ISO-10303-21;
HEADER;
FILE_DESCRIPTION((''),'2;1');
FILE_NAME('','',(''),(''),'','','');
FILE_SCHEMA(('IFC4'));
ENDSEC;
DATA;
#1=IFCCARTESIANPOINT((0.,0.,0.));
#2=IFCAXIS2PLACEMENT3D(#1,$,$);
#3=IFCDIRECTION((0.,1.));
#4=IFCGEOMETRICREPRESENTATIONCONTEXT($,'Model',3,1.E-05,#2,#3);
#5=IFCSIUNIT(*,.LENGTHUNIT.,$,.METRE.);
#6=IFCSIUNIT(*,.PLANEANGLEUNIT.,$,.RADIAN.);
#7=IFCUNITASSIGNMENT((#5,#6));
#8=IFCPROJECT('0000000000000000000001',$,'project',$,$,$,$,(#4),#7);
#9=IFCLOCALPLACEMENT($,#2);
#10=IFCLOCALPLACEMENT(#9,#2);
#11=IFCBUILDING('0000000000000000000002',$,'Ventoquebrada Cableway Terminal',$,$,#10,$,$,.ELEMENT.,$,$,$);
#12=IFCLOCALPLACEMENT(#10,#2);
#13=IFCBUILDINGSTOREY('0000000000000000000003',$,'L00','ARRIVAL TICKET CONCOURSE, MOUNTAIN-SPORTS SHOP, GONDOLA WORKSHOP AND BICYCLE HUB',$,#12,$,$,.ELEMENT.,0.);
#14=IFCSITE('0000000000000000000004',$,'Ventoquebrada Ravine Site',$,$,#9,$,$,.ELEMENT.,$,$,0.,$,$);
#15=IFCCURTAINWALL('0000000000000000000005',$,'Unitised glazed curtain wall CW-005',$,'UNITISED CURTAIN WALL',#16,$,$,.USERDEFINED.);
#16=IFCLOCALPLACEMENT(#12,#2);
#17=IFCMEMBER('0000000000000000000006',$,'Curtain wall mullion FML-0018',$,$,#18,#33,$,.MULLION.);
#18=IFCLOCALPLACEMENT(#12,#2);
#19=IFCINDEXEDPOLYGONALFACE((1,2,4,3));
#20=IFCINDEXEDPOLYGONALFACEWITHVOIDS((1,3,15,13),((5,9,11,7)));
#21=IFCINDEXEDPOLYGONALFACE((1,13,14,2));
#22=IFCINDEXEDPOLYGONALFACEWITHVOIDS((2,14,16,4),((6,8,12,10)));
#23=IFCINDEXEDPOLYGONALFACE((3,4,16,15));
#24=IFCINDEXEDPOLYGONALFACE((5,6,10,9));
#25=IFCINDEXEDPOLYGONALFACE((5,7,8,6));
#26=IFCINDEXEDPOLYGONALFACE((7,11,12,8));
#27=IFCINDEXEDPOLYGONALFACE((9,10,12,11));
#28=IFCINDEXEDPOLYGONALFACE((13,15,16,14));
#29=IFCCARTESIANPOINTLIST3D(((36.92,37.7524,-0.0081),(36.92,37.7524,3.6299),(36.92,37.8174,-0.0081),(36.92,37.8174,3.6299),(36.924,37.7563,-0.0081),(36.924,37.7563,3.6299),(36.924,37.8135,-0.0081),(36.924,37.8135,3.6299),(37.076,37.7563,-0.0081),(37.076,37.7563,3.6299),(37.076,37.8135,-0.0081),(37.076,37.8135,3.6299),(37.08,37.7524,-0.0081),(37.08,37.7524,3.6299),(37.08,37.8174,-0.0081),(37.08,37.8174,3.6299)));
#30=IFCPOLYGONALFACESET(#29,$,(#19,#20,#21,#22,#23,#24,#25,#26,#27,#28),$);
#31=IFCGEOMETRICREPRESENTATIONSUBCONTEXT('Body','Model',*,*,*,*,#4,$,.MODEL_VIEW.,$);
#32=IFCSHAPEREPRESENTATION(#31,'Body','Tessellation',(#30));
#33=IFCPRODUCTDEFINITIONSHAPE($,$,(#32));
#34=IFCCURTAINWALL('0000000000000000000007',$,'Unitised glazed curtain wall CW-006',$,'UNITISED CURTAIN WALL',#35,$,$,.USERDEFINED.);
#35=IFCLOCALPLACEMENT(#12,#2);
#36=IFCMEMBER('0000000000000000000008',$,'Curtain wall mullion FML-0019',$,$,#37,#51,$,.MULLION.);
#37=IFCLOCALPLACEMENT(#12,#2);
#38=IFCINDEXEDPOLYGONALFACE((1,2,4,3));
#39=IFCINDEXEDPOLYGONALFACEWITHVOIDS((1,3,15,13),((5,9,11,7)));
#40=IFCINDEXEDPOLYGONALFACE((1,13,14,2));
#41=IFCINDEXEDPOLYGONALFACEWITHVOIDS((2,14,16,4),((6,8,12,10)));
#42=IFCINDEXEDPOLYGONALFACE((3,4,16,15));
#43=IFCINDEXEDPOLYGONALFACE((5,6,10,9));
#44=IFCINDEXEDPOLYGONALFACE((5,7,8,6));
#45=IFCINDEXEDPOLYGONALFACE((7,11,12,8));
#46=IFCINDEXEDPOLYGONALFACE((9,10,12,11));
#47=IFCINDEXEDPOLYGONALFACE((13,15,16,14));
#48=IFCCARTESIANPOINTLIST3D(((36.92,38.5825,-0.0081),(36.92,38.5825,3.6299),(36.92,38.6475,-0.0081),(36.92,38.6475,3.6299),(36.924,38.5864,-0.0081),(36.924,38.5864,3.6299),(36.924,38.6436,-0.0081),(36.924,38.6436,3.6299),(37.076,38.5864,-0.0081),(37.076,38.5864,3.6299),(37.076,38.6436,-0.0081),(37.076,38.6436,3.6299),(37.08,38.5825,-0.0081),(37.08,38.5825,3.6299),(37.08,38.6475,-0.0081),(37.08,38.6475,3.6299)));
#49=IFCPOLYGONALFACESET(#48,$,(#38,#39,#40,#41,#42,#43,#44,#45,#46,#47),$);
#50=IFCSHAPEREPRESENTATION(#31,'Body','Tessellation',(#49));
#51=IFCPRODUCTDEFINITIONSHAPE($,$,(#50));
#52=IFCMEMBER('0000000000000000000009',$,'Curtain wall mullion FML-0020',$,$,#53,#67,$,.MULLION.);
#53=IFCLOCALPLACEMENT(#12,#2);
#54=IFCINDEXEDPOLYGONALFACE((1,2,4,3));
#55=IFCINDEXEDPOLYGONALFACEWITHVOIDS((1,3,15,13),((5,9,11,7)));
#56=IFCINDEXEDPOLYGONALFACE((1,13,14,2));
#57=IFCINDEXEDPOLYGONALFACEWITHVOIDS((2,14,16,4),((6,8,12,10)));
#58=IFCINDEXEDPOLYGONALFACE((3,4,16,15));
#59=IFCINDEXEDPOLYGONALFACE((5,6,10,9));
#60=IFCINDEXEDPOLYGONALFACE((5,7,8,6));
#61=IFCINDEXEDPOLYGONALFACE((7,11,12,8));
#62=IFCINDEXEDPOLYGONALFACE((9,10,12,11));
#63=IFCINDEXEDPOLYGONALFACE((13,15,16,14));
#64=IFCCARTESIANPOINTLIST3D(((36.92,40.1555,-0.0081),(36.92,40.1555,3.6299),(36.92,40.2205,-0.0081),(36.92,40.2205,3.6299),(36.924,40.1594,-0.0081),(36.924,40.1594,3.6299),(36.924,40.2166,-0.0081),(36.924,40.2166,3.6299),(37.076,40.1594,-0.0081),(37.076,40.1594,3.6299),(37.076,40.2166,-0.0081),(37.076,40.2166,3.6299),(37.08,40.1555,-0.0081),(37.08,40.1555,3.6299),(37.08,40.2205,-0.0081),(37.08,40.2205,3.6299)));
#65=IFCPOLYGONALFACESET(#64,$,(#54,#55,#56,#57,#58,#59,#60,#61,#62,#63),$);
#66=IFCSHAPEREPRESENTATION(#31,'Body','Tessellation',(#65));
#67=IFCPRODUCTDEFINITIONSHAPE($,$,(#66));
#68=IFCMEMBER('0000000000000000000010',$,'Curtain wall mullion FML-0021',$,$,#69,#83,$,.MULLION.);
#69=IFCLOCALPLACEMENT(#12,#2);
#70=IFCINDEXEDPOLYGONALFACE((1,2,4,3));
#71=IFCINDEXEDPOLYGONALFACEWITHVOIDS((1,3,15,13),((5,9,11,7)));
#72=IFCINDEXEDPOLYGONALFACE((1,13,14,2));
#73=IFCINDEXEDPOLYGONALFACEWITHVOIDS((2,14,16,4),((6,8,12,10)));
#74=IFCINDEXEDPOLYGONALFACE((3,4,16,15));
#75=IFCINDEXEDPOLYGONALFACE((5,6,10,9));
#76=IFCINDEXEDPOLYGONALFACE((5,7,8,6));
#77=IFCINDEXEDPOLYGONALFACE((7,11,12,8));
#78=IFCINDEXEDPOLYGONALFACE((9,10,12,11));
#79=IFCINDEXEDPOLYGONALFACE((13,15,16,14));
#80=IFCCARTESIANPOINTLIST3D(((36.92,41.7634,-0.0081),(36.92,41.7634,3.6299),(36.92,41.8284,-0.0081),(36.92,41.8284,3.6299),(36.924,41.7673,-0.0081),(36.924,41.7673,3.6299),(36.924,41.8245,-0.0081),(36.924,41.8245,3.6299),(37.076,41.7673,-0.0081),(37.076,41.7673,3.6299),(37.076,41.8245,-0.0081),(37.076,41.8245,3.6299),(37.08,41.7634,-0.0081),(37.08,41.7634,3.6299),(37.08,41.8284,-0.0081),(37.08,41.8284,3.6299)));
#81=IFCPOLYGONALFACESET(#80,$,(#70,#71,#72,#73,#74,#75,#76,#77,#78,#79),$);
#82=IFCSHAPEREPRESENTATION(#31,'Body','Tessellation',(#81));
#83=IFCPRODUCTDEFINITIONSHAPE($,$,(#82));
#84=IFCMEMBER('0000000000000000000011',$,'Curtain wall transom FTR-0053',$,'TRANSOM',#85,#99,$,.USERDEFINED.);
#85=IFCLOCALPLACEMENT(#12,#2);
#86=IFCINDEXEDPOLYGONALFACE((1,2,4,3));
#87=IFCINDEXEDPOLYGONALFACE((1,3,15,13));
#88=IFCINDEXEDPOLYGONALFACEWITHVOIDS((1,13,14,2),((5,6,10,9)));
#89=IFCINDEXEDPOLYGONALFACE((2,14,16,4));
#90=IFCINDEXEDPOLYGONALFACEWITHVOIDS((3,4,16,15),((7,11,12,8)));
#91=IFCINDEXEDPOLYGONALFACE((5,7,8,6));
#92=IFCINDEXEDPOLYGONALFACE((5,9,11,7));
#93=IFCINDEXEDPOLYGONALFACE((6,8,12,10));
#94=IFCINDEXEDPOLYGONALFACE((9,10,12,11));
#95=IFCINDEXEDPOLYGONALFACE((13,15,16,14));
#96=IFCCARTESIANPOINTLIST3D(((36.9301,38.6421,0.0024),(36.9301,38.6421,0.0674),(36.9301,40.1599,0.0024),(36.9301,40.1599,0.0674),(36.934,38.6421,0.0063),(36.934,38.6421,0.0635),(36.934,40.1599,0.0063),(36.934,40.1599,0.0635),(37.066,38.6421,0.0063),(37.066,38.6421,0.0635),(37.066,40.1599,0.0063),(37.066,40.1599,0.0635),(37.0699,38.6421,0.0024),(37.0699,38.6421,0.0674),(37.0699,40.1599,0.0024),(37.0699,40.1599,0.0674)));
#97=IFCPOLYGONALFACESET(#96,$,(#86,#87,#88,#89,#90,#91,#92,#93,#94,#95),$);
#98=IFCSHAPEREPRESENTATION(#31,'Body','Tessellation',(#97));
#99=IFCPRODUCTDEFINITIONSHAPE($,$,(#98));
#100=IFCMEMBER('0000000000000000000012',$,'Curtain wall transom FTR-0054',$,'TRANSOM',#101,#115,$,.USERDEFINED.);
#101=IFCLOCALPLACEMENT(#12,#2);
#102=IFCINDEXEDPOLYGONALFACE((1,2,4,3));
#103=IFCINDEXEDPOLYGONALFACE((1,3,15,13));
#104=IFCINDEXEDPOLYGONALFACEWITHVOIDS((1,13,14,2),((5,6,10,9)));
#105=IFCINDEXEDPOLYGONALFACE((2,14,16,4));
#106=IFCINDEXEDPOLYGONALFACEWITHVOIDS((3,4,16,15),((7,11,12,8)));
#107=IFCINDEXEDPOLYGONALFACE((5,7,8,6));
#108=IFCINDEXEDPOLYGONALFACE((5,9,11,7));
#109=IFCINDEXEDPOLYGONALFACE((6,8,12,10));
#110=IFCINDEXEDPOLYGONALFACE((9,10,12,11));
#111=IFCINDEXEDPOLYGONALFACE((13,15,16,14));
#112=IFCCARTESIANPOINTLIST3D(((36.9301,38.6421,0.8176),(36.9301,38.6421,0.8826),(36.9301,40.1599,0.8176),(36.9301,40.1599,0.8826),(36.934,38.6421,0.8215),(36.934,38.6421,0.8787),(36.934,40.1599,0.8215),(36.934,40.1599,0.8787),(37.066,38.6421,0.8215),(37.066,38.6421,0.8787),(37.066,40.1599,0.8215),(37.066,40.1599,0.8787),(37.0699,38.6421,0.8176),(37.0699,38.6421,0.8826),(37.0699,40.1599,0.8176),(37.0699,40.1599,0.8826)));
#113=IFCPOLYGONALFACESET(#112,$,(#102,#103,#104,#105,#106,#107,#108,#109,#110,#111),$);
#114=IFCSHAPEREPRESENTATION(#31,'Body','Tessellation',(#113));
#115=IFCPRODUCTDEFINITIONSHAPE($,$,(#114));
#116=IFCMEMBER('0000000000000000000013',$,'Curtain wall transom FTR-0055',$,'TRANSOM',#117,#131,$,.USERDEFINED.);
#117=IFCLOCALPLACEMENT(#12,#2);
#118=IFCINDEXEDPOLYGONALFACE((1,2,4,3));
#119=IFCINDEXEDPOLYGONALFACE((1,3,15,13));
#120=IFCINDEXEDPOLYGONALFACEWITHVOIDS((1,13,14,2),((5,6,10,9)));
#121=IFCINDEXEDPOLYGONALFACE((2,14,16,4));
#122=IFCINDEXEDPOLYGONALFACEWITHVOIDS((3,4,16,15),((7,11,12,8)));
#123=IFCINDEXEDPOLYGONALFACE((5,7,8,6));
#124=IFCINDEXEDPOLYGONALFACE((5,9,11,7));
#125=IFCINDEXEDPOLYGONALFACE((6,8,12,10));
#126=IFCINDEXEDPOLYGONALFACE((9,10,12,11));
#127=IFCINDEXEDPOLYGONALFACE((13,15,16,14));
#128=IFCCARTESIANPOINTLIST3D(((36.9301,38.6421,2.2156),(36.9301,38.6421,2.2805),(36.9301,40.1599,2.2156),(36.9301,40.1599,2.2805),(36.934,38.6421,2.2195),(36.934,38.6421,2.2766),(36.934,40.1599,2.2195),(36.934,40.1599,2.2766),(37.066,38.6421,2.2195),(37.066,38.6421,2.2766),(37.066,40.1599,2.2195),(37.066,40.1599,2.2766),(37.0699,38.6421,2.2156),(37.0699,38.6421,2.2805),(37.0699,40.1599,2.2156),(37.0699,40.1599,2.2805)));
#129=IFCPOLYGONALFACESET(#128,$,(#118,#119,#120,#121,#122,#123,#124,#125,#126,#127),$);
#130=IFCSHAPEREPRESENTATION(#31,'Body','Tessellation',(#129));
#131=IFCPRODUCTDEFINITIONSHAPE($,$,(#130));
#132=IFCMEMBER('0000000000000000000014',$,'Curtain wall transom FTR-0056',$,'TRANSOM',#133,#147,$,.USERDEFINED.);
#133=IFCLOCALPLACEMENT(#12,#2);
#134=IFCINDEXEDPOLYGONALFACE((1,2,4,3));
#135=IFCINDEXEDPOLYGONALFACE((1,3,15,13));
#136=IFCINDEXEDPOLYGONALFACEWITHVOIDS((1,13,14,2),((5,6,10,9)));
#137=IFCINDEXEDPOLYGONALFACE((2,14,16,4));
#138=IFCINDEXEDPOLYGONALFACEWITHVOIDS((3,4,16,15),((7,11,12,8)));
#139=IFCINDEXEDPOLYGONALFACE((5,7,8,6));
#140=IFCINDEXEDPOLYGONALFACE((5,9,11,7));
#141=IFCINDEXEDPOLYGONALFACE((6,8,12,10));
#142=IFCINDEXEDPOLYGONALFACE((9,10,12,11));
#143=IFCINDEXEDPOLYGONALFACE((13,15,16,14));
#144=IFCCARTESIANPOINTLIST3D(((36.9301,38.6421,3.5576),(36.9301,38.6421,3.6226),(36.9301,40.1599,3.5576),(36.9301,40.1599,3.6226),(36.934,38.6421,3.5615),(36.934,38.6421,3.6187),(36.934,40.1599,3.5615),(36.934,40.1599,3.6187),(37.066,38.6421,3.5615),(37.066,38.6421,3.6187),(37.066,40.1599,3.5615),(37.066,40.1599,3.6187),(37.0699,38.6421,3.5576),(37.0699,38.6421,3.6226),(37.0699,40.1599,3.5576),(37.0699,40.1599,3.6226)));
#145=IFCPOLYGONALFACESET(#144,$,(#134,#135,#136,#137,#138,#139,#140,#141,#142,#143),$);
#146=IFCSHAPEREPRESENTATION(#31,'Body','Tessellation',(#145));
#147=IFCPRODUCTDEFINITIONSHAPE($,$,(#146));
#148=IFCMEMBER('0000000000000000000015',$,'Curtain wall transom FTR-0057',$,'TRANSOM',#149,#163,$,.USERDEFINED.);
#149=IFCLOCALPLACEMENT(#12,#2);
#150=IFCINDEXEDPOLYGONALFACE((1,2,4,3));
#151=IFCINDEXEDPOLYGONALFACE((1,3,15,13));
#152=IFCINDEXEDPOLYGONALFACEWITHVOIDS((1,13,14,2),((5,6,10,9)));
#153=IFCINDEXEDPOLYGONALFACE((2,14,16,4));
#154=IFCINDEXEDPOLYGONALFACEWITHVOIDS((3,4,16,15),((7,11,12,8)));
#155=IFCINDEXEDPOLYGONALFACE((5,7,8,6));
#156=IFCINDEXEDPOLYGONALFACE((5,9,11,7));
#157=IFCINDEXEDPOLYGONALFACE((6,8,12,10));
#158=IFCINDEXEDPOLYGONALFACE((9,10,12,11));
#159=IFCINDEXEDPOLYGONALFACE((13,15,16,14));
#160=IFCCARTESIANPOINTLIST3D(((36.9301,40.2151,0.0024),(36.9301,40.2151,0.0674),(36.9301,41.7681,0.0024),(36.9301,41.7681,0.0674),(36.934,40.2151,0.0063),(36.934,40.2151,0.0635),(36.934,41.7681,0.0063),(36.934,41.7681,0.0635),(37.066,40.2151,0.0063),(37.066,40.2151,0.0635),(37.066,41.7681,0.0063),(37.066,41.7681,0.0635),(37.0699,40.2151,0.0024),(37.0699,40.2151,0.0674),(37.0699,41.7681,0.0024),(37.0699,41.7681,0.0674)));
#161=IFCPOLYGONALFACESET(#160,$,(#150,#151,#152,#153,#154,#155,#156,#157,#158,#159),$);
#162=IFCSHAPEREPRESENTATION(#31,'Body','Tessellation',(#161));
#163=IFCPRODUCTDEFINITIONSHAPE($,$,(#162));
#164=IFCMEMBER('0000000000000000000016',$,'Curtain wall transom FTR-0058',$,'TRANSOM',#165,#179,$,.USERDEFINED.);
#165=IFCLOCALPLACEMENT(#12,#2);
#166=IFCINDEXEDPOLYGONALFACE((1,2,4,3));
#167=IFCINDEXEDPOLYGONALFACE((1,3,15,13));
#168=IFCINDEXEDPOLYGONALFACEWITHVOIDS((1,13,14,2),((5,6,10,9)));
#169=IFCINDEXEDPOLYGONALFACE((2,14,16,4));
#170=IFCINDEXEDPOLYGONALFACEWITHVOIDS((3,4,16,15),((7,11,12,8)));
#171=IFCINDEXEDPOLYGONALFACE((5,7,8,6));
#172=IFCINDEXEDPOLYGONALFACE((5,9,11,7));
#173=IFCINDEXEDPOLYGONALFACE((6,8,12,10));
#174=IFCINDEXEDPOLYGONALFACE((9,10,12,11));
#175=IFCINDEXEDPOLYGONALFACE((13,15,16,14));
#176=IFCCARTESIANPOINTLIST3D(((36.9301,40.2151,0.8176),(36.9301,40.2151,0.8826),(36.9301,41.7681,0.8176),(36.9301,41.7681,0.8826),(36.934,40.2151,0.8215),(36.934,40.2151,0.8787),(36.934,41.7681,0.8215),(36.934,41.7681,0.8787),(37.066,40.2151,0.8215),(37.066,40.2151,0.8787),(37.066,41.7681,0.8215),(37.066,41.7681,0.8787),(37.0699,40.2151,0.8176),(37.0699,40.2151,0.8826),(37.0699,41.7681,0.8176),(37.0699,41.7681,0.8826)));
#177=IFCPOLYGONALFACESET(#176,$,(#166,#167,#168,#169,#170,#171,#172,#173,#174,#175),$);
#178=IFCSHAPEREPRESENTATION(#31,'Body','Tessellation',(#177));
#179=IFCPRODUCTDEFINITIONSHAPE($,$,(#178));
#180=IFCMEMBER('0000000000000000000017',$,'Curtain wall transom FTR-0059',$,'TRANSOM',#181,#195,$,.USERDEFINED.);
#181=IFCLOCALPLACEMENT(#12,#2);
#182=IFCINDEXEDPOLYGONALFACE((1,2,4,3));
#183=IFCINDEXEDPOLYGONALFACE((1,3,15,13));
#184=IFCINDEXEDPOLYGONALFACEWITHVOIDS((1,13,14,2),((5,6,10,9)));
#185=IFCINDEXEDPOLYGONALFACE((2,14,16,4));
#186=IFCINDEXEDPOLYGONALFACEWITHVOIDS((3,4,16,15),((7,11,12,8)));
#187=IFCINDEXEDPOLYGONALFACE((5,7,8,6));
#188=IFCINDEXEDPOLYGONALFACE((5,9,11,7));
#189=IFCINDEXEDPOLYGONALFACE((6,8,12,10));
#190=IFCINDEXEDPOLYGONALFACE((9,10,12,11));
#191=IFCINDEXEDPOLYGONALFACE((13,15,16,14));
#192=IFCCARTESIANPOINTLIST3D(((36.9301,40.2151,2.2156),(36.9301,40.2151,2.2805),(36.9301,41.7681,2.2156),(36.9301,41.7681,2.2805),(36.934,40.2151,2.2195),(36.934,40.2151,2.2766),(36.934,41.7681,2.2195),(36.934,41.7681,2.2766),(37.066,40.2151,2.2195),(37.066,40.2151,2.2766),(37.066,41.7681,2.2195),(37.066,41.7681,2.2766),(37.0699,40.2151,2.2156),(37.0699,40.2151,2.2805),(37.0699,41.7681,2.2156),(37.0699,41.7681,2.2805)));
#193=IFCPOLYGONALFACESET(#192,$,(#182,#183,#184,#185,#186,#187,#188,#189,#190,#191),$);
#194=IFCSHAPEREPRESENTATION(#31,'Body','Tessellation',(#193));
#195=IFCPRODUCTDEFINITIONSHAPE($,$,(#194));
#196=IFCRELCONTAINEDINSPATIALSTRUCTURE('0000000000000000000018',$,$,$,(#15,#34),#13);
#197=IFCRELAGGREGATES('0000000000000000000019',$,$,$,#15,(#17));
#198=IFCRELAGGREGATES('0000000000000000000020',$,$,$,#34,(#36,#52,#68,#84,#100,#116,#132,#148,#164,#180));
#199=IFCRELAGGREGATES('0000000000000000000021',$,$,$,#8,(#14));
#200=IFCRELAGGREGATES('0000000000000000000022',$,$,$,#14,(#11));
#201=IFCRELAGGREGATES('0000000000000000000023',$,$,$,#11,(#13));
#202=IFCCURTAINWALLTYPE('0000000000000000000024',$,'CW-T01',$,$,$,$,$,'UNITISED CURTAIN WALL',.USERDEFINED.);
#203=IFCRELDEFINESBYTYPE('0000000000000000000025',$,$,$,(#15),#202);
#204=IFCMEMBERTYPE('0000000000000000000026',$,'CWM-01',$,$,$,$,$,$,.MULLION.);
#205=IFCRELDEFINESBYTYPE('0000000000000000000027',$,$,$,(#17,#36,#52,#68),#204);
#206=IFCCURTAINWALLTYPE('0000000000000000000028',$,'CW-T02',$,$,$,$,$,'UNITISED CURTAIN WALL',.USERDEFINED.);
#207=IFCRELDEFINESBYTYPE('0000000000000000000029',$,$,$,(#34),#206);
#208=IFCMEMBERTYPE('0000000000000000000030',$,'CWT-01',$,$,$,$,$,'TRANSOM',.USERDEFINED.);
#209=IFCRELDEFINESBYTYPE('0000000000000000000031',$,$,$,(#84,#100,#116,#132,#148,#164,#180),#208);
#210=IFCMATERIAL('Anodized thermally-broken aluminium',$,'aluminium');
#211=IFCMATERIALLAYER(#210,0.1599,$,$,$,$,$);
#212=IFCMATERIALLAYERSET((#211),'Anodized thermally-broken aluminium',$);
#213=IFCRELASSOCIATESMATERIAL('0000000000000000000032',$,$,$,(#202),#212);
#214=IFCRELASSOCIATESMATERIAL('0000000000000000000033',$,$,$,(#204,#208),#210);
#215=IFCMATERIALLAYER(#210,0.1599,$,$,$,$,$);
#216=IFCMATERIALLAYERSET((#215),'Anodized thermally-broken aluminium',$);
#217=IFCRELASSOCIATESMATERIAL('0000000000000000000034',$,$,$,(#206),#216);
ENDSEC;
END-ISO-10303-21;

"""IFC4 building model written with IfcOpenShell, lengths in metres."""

from ifc_helpers import new_model, si_unit, direction, frame, origin, origin_2d, place, context, subcontext, project, spatial, hollow_rectangle, extrude, material, layer, layer_set, material_profile, profile_set, type_object, element, aggregate, save


model = new_model("IFC4")

# Units and contexts
model_context = context("Model", 3, precision=1e-05, world=origin(), true_north=direction((0.0, 1.0)))
body_context = subcontext(model_context, "Body", "Model", "MODEL_VIEW")
ifc_project = project(units=[si_unit("LENGTHUNIT", "METRE"), si_unit("PLANEANGLEUNIT", "RADIAN")], contexts=[model_context])

# Site, building, storey
site_placement = place(None, origin())
site = spatial("IfcSite", under=ifc_project, at=site_placement, Name="Ventoquebrada Ravine Site", CompositionType="ELEMENT", RefElevation=0.0)
building_placement = place(site_placement, origin())
building = spatial("IfcBuilding", under=site, at=building_placement, Name="Ventoquebrada Cableway Terminal", CompositionType="ELEMENT")
storey_placement = place(building_placement, origin())
storey = spatial("IfcBuildingStorey", under=building, at=storey_placement, Name="L00", Description="ARRIVAL TICKET CONCOURSE, MOUNTAIN-SPORTS SHOP, GONDOLA WORKSHOP AND BICYCLE HUB", CompositionType="ELEMENT", Elevation=0.0)

# Curtain wall, member
ifc_material_1 = material(Name="Anodized thermally-broken aluminium", Category="aluminium")
ifc_layer_1 = layer(ifc_material_1, 0.1599)
ifc_layer_set_1 = layer_set([ifc_layer_1], Name="Anodized thermally-broken aluminium")
curtain_wall_type_1 = type_object("IfcCurtainWallType", Name="CW-T01", ElementType="UNITISED CURTAIN WALL", PredefinedType="USERDEFINED", material=ifc_layer_set_1)
curtain_wall_1_placement = place(storey_placement, origin())
curtain_wall_1 = element("IfcCurtainWall", 1, at=curtain_wall_1_placement, inside=storey, type_object=curtain_wall_type_1, Name="Unitised glazed curtain wall CW-005", ObjectType="UNITISED CURTAIN WALL", PredefinedType="USERDEFINED")
ifc_material_profile_1 = material_profile(ifc_material_1, hollow_rectangle(XDim=0.0649, YDim=0.1599, WallThickness=0.0039, at=origin_2d()), Name="CW-MUL-65X160")
ifc_profile_set_1 = profile_set([ifc_material_profile_1], Name="Anodized thermally-broken aluminium")
member_type_1 = type_object("IfcMemberType", Name="CWM-01", PredefinedType="MULLION", material=ifc_profile_set_1)
member_1_placement = place(storey_placement, frame((37.0, 37.7849, -0.0081), z_axis=(0.0, 0.0, 1.0), x_axis=(0.0, 1.0, 0.0)))
member_1 = element("IfcMember", 2, at=member_1_placement, type_object=member_type_1, Name="Curtain wall mullion FML-0018", PredefinedType="MULLION", context=body_context, shape_type="SweptSolid", body=[
    extrude(hollow_rectangle(XDim=0.0649, YDim=0.1599, WallThickness=0.0039, at=origin_2d()), origin(), (0.0, 0.0, 1.0), 3.6379),
])

# Curtain wall, members
ifc_layer_2 = layer(ifc_material_1, 0.1599)
ifc_layer_set_2 = layer_set([ifc_layer_2], Name="Anodized thermally-broken aluminium")
curtain_wall_type_2 = type_object("IfcCurtainWallType", Name="CW-T02", ElementType="UNITISED CURTAIN WALL", PredefinedType="USERDEFINED", material=ifc_layer_set_2)
curtain_wall_2_placement = place(storey_placement, origin())
curtain_wall_2 = element("IfcCurtainWall", 3, at=curtain_wall_2_placement, inside=storey, type_object=curtain_wall_type_2, Name="Unitised glazed curtain wall CW-006", ObjectType="UNITISED CURTAIN WALL", PredefinedType="USERDEFINED")
member_2_placement = place(storey_placement, frame((37.0, 38.615, -0.0081), z_axis=(0.0, 0.0, 1.0), x_axis=(0.0, 1.0, 0.0)))
member_2 = element("IfcMember", 4, at=member_2_placement, type_object=member_type_1, Name="Curtain wall mullion FML-0019", PredefinedType="MULLION", context=body_context, shape_type="SweptSolid", body=[
    extrude(hollow_rectangle(XDim=0.0649, YDim=0.1599, WallThickness=0.0039, at=origin_2d()), origin(), (0.0, 0.0, 1.0), 3.6379),
])
member_3_placement = place(storey_placement, frame((37.0, 40.188, -0.0081), z_axis=(0.0, 0.0, 1.0), x_axis=(0.0, 1.0, 0.0)))
member_3 = element("IfcMember", 5, at=member_3_placement, type_object=member_type_1, Name="Curtain wall mullion FML-0020", PredefinedType="MULLION", context=body_context, shape_type="SweptSolid", body=[
    extrude(hollow_rectangle(XDim=0.0649, YDim=0.1599, WallThickness=0.0039, at=origin_2d()), origin(), (0.0, 0.0, 1.0), 3.6379),
])
member_4_placement = place(storey_placement, frame((37.0, 41.7959, -0.0081), z_axis=(0.0, 0.0, 1.0), x_axis=(0.0, 1.0, 0.0)))
member_4 = element("IfcMember", 6, at=member_4_placement, type_object=member_type_1, Name="Curtain wall mullion FML-0021", PredefinedType="MULLION", context=body_context, shape_type="SweptSolid", body=[
    extrude(hollow_rectangle(XDim=0.0649, YDim=0.1599, WallThickness=0.0039, at=origin_2d()), origin(), (0.0, 0.0, 1.0), 3.6379),
])
ifc_material_profile_2 = material_profile(ifc_material_1, hollow_rectangle(XDim=0.0649, YDim=0.1399, WallThickness=0.0039, at=origin_2d()), Name="CW-TRN-65X140")
ifc_profile_set_2 = profile_set([ifc_material_profile_2], Name="Anodized thermally-broken aluminium")
member_type_2 = type_object("IfcMemberType", Name="CWT-01", ElementType="TRANSOM", PredefinedType="USERDEFINED", material=ifc_profile_set_2)
member_5_placement = place(storey_placement, frame((37.0, 38.6421, 0.0349), z_axis=(0.0, 1.0, 0.0), x_axis=(0.0, 0.0, 1.0)))
member_5 = element("IfcMember", 7, at=member_5_placement, type_object=member_type_2, Name="Curtain wall transom FTR-0053", ObjectType="TRANSOM", PredefinedType="USERDEFINED", context=body_context, shape_type="SweptSolid", body=[
    extrude(hollow_rectangle(XDim=0.0649, YDim=0.1399, WallThickness=0.0039, at=origin_2d()), origin(), (0.0, 0.0, 1.0), 1.5178),
])
member_6_placement = place(storey_placement, frame((37.0, 38.6421, 0.8501), z_axis=(0.0, 1.0, 0.0), x_axis=(0.0, 0.0, 1.0)))
member_6 = element("IfcMember", 8, at=member_6_placement, type_object=member_type_2, Name="Curtain wall transom FTR-0054", ObjectType="TRANSOM", PredefinedType="USERDEFINED", context=body_context, shape_type="SweptSolid", body=[
    extrude(hollow_rectangle(XDim=0.0649, YDim=0.1399, WallThickness=0.0039, at=origin_2d()), origin(), (0.0, 0.0, 1.0), 1.5178),
])
member_7_placement = place(storey_placement, frame((37.0, 38.6421, 2.248), z_axis=(0.0, 1.0, 0.0), x_axis=(0.0, 0.0, 1.0)))
member_7 = element("IfcMember", 9, at=member_7_placement, type_object=member_type_2, Name="Curtain wall transom FTR-0055", ObjectType="TRANSOM", PredefinedType="USERDEFINED", context=body_context, shape_type="SweptSolid", body=[
    extrude(hollow_rectangle(XDim=0.0649, YDim=0.1399, WallThickness=0.0039, at=origin_2d()), origin(), (0.0, 0.0, 1.0), 1.5178),
])
member_8_placement = place(storey_placement, frame((37.0, 38.6421, 3.5901), z_axis=(0.0, 1.0, 0.0), x_axis=(0.0, 0.0, 1.0)))
member_8 = element("IfcMember", 10, at=member_8_placement, type_object=member_type_2, Name="Curtain wall transom FTR-0056", ObjectType="TRANSOM", PredefinedType="USERDEFINED", context=body_context, shape_type="SweptSolid", body=[
    extrude(hollow_rectangle(XDim=0.0649, YDim=0.1399, WallThickness=0.0039, at=origin_2d()), origin(), (0.0, 0.0, 1.0), 1.5178),
])
member_9_placement = place(storey_placement, frame((37.0, 40.2151, 0.0349), z_axis=(0.0, 1.0, 0.0), x_axis=(0.0, 0.0, 1.0)))
member_9 = element("IfcMember", 11, at=member_9_placement, type_object=member_type_2, Name="Curtain wall transom FTR-0057", ObjectType="TRANSOM", PredefinedType="USERDEFINED", context=body_context, shape_type="SweptSolid", body=[
    extrude(hollow_rectangle(XDim=0.0649, YDim=0.1399, WallThickness=0.0039, at=origin_2d()), origin(), (0.0, 0.0, 1.0), 1.553),
])
member_10_placement = place(storey_placement, frame((37.0, 40.2151, 0.8501), z_axis=(0.0, 1.0, 0.0), x_axis=(0.0, 0.0, 1.0)))
member_10 = element("IfcMember", 12, at=member_10_placement, type_object=member_type_2, Name="Curtain wall transom FTR-0058", ObjectType="TRANSOM", PredefinedType="USERDEFINED", context=body_context, shape_type="SweptSolid", body=[
    extrude(hollow_rectangle(XDim=0.0649, YDim=0.1399, WallThickness=0.0039, at=origin_2d()), origin(), (0.0, 0.0, 1.0), 1.553),
])
member_11_placement = place(storey_placement, frame((37.0, 40.2151, 2.248), z_axis=(0.0, 1.0, 0.0), x_axis=(0.0, 0.0, 1.0)))
member_11 = element("IfcMember", 13, at=member_11_placement, type_object=member_type_2, Name="Curtain wall transom FTR-0059", ObjectType="TRANSOM", PredefinedType="USERDEFINED", context=body_context, shape_type="SweptSolid", body=[
    extrude(hollow_rectangle(XDim=0.0649, YDim=0.1399, WallThickness=0.0039, at=origin_2d()), origin(), (0.0, 0.0, 1.0), 1.553),
])

aggregate(curtain_wall_1, [member_1])
aggregate(curtain_wall_2, [member_2, member_3, member_4, member_5, member_6, member_7, member_8, member_9, member_10, member_11])

save(model, "model.ifc")
